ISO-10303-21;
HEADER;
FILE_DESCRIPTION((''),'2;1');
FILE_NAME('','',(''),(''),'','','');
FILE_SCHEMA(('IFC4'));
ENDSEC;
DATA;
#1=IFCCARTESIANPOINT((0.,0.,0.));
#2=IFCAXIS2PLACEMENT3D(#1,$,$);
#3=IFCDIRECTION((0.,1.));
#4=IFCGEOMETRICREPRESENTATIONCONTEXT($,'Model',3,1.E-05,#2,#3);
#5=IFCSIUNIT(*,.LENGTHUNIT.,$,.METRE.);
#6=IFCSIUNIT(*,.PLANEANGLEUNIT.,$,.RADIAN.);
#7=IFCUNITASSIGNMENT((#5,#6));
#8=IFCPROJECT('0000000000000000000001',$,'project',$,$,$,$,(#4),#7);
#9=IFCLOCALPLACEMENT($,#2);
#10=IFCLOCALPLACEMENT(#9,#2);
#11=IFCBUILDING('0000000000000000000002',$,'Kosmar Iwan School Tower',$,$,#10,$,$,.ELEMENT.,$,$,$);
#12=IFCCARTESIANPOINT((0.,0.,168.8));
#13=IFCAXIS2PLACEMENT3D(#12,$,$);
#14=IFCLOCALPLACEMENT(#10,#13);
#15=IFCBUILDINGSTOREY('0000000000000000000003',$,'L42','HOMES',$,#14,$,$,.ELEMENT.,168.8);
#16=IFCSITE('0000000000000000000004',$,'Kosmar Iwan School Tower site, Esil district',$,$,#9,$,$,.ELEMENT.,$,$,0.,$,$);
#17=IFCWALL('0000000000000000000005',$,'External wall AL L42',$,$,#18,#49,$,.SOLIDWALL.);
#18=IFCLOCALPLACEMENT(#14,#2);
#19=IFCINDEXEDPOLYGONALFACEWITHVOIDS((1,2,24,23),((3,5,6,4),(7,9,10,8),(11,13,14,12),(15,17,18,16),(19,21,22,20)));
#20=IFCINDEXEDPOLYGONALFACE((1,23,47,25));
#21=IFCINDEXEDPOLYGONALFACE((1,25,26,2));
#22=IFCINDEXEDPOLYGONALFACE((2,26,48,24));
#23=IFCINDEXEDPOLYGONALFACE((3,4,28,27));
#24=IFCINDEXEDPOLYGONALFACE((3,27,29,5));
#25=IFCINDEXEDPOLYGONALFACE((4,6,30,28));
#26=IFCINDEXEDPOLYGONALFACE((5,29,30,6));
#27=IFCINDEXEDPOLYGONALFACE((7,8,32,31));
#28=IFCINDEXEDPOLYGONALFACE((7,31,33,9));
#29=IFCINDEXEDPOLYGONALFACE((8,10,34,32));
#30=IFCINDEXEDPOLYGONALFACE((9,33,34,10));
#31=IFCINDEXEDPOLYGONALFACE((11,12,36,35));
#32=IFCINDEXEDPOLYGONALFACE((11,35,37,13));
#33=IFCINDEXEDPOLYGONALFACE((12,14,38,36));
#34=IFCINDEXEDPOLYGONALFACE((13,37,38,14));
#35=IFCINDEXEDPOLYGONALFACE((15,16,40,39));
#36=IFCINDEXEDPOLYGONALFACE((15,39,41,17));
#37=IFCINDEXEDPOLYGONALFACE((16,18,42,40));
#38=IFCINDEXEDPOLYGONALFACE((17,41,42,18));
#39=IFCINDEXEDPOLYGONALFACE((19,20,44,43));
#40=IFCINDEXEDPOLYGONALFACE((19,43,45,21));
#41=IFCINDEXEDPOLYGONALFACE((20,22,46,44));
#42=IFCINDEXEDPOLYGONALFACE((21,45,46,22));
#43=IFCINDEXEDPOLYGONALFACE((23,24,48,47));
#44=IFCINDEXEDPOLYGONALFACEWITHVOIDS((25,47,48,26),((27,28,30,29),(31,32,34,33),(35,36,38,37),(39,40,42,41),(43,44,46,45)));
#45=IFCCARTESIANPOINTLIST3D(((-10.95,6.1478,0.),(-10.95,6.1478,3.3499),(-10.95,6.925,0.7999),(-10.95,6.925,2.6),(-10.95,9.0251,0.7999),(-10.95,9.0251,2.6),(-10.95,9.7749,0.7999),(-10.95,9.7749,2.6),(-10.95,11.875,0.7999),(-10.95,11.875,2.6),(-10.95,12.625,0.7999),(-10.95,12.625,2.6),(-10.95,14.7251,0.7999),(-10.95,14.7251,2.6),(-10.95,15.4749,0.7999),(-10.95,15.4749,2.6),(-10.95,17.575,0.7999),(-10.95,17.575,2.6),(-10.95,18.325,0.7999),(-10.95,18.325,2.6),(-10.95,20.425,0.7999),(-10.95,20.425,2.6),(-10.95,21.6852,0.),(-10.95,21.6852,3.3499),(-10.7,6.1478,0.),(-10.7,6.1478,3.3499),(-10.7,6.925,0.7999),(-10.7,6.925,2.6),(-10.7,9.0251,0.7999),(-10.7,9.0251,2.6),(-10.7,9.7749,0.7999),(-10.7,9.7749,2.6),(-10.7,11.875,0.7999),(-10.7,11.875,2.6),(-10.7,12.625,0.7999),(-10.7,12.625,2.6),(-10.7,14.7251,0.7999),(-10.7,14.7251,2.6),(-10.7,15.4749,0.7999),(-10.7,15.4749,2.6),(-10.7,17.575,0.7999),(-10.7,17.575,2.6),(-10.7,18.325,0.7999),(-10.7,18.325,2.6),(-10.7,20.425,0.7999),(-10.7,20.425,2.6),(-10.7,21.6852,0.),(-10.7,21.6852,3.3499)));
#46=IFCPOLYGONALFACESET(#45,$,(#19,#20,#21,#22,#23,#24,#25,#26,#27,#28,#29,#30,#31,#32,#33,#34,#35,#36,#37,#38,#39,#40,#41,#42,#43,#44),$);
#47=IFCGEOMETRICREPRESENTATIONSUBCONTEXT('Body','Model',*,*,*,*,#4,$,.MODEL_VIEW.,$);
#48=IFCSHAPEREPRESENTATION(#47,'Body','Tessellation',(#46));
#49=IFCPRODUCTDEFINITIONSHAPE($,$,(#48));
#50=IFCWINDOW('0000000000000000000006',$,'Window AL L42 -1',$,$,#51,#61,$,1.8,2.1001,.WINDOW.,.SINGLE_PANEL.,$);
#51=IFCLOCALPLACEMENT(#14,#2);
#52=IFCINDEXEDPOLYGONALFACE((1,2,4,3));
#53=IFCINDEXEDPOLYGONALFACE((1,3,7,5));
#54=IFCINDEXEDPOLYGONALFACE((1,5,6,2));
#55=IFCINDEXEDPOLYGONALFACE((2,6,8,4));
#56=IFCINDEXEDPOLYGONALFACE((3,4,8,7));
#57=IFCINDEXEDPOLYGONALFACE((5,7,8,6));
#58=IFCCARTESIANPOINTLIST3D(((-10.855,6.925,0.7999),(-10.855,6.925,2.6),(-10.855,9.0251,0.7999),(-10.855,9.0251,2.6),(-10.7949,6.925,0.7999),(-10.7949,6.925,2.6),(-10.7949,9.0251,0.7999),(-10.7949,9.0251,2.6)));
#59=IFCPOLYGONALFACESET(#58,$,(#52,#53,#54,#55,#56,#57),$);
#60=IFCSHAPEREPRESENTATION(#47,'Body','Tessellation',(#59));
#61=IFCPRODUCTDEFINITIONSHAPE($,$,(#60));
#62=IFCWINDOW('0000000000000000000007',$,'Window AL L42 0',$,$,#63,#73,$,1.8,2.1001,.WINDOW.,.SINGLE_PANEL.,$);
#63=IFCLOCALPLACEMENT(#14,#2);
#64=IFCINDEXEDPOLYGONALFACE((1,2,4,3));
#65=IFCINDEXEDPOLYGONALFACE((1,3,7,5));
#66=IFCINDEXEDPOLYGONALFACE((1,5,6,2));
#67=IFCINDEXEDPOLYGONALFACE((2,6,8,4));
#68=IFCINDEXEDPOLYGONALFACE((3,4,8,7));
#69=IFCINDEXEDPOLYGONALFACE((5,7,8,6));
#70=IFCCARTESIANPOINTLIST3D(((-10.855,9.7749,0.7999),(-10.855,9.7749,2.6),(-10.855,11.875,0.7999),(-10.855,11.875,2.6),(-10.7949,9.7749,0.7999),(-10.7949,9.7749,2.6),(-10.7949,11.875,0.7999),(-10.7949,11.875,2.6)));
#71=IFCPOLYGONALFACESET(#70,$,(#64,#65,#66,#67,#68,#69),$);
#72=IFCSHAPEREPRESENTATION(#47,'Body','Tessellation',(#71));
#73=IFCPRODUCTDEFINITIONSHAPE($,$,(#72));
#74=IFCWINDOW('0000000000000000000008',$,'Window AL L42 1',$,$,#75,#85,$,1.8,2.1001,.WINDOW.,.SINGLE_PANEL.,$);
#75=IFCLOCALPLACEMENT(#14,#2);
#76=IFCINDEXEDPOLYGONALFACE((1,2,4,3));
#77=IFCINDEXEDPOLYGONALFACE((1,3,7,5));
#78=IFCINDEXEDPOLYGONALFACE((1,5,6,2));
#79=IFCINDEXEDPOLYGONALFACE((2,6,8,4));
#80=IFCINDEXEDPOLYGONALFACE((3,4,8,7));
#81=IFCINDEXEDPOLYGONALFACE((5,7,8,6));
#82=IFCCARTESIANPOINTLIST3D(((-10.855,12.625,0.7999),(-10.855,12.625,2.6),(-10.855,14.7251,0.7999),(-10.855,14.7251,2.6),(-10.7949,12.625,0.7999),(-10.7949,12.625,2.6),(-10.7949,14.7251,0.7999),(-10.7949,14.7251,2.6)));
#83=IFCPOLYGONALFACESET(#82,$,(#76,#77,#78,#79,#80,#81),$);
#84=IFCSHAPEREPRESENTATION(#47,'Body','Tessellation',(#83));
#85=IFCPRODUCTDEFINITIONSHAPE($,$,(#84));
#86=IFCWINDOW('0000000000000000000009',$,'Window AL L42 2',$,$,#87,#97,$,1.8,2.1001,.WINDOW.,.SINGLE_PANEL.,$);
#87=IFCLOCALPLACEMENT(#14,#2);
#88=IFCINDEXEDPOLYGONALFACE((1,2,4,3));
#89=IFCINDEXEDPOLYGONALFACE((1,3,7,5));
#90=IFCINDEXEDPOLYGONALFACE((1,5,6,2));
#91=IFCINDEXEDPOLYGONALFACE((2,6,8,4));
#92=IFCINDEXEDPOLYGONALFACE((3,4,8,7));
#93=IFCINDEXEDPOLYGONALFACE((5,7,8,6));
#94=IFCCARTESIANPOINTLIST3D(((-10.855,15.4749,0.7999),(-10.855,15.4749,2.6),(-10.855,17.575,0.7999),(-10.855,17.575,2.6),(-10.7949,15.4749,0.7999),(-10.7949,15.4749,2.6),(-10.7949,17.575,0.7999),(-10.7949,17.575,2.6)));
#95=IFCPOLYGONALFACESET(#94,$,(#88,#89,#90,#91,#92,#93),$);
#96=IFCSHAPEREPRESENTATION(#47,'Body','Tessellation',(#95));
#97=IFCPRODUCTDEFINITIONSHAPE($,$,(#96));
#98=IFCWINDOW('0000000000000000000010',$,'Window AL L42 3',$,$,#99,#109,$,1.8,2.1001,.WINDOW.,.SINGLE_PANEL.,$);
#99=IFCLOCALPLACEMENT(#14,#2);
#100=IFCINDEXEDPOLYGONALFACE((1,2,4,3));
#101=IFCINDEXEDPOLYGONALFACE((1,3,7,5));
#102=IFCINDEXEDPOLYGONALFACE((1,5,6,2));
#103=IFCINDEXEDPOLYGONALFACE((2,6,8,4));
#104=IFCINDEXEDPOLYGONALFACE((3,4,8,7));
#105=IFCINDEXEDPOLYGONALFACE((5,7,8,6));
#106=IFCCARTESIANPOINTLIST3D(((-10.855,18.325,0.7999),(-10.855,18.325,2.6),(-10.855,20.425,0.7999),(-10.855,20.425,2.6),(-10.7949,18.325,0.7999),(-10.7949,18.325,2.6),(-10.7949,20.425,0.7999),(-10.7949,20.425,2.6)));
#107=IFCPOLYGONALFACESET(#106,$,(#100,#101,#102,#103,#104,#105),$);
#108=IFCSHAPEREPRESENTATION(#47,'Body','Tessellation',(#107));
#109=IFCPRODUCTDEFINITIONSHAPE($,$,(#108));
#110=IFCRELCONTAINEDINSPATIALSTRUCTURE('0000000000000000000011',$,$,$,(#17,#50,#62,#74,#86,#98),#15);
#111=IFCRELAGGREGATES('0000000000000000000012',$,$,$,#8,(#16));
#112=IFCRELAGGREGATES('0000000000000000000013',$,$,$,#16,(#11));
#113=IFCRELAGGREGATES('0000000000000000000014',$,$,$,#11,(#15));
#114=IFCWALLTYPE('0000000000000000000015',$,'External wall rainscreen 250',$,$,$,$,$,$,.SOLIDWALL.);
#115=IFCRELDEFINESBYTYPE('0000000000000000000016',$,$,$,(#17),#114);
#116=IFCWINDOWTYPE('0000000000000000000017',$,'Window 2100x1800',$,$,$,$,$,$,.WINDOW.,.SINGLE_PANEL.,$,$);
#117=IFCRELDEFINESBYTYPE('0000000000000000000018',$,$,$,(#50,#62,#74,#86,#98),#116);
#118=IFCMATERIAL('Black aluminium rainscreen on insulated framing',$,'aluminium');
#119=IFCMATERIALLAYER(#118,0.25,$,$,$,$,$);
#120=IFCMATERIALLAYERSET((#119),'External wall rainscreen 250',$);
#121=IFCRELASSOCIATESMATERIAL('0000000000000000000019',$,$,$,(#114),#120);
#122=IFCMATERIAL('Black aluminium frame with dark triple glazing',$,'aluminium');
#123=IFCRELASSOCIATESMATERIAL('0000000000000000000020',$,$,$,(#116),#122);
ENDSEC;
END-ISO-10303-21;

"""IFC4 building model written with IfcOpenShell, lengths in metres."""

from ifc_helpers import new_model, si_unit, direction, frame, frame_2d, origin, place, context, subcontext, project, spatial, rectangle, extrude, material, layer, layer_set, type_object, element, fill, save


model = new_model("IFC4")

# Units and contexts
model_context = context("Model", 3, precision=1e-05, world=origin(), true_north=direction((0.0, 1.0)))
body_context = subcontext(model_context, "Body", "Model", "MODEL_VIEW")
ifc_project = project(units=[si_unit("LENGTHUNIT", "METRE"), si_unit("PLANEANGLEUNIT", "RADIAN")], contexts=[model_context])

# Site, building, storey
site_placement = place(None, origin())
site = spatial("IfcSite", under=ifc_project, at=site_placement, Name="Kosmar Iwan School Tower site, Esil district", CompositionType="ELEMENT", RefElevation=0.0)
building_placement = place(site_placement, origin())
building = spatial("IfcBuilding", under=site, at=building_placement, Name="Kosmar Iwan School Tower", CompositionType="ELEMENT")
storey_placement = place(building_placement, frame((0.0, 0.0, 168.8)))
storey = spatial("IfcBuildingStorey", under=building, at=storey_placement, Name="L42", Description="HOMES", CompositionType="ELEMENT", Elevation=168.8)

# Wall, openings, windows
ifc_material_1 = material(Name="Black aluminium rainscreen on insulated framing", Category="aluminium")
ifc_layer = layer(ifc_material_1, 0.25)
ifc_layer_set = layer_set([ifc_layer], Name="External wall rainscreen 250")
wall_type = type_object("IfcWallType", Name="External wall rainscreen 250", PredefinedType="SOLIDWALL", material=ifc_layer_set)
wall_1_placement = place(storey_placement, frame((-10.825, 6.1479, 0.0), z_axis=(0.0, 0.0, 1.0), x_axis=(0.0, 1.0, 0.0)))
wall_1 = element("IfcWall", 1, at=wall_1_placement, inside=storey, type_object=wall_type, Name="External wall AL L42", PredefinedType="SOLIDWALL", context=body_context, shape_type="SweptSolid", body=[
    extrude(rectangle(XDim=15.5374, YDim=0.25, at=frame_2d((7.7686, 0.0))), origin(), (0.0, 0.0, 1.0), 3.3499),
])
opening_1_placement = place(wall_1_placement, frame((0.7771, 0.0, 0.8)))
opening_1 = element("IfcOpeningElement", 2, at=opening_1_placement, cuts=wall_1, PredefinedType="OPENING", context=body_context, shape_type="SweptSolid", body=[
    extrude(rectangle(XDim=2.1001, YDim=1.8, at=frame_2d((1.05, 0.8999))), frame((0.0, 0.137, 0.0), z_axis=(0.0, -1.0, 0.0), x_axis=(1.0, 0.0, 0.0)), (0.0, 0.0, 1.0), 0.2739),
])
opening_2_placement = place(wall_1_placement, frame((3.627, 0.0, 0.8)))
opening_2 = element("IfcOpeningElement", 3, at=opening_2_placement, cuts=wall_1, PredefinedType="OPENING", context=body_context, shape_type="SweptSolid", body=[
    extrude(rectangle(XDim=2.1001, YDim=1.8, at=frame_2d((1.05, 0.8999))), frame((0.0, 0.137, 0.0), z_axis=(0.0, -1.0, 0.0), x_axis=(1.0, 0.0, 0.0)), (0.0, 0.0, 1.0), 0.2739),
])
opening_3_placement = place(wall_1_placement, frame((6.4771, 0.0, 0.8)))
opening_3 = element("IfcOpeningElement", 4, at=opening_3_placement, cuts=wall_1, PredefinedType="OPENING", context=body_context, shape_type="SweptSolid", body=[
    extrude(rectangle(XDim=2.1001, YDim=1.8, at=frame_2d((1.05, 0.8999))), frame((0.0, 0.137, 0.0), z_axis=(0.0, -1.0, 0.0), x_axis=(1.0, 0.0, 0.0)), (0.0, 0.0, 1.0), 0.2739),
])
opening_4_placement = place(wall_1_placement, frame((9.3269, 0.0, 0.8)))
opening_4 = element("IfcOpeningElement", 5, at=opening_4_placement, cuts=wall_1, PredefinedType="OPENING", context=body_context, shape_type="SweptSolid", body=[
    extrude(rectangle(XDim=2.1001, YDim=1.8, at=frame_2d((1.05, 0.8999))), frame((0.0, 0.137, 0.0), z_axis=(0.0, -1.0, 0.0), x_axis=(1.0, 0.0, 0.0)), (0.0, 0.0, 1.0), 0.2739),
])
opening_5_placement = place(wall_1_placement, frame((12.177, 0.0, 0.8)))
opening_5 = element("IfcOpeningElement", 6, at=opening_5_placement, cuts=wall_1, PredefinedType="OPENING", context=body_context, shape_type="SweptSolid", body=[
    extrude(rectangle(XDim=2.1001, YDim=1.8, at=frame_2d((1.05, 0.8999))), frame((0.0, 0.137, 0.0), z_axis=(0.0, -1.0, 0.0), x_axis=(1.0, 0.0, 0.0)), (0.0, 0.0, 1.0), 0.2739),
])
ifc_material_2 = material(Name="Black aluminium frame with dark triple glazing", Category="aluminium")
window_type = type_object("IfcWindowType", Name="Window 2100x1800", PartitioningType="SINGLE_PANEL", PredefinedType="WINDOW", material=ifc_material_2)
window_1_placement = place(opening_1_placement, origin())
window_1 = element("IfcWindow", 7, at=window_1_placement, inside=storey, type_object=window_type, Name="Window AL L42 -1", OverallHeight=1.8, OverallWidth=2.1001, PartitioningType="SINGLE_PANEL", PredefinedType="WINDOW", context=body_context, shape_type="SweptSolid", body=[
    extrude(rectangle(XDim=2.1001, YDim=1.8, at=frame_2d((1.05, 0.8999))), frame((0.0, 0.03, 0.0), z_axis=(0.0, -1.0, 0.0), x_axis=(1.0, 0.0, 0.0)), (0.0, 0.0, 1.0), 0.0601),
])
fill(opening_1, window_1)
window_2_placement = place(opening_2_placement, origin())
window_2 = element("IfcWindow", 8, at=window_2_placement, inside=storey, type_object=window_type, Name="Window AL L42 0", OverallHeight=1.8, OverallWidth=2.1001, PartitioningType="SINGLE_PANEL", PredefinedType="WINDOW", context=body_context, shape_type="SweptSolid", body=[
    extrude(rectangle(XDim=2.1001, YDim=1.8, at=frame_2d((1.05, 0.8999))), frame((0.0, 0.03, 0.0), z_axis=(0.0, -1.0, 0.0), x_axis=(1.0, 0.0, 0.0)), (0.0, 0.0, 1.0), 0.0601),
])
fill(opening_2, window_2)
window_3_placement = place(opening_3_placement, origin())
window_3 = element("IfcWindow", 9, at=window_3_placement, inside=storey, type_object=window_type, Name="Window AL L42 1", OverallHeight=1.8, OverallWidth=2.1001, PartitioningType="SINGLE_PANEL", PredefinedType="WINDOW", context=body_context, shape_type="SweptSolid", body=[
    extrude(rectangle(XDim=2.1001, YDim=1.8, at=frame_2d((1.05, 0.8999))), frame((0.0, 0.03, 0.0), z_axis=(0.0, -1.0, 0.0), x_axis=(1.0, 0.0, 0.0)), (0.0, 0.0, 1.0), 0.0601),
])
fill(opening_3, window_3)
window_4_placement = place(opening_4_placement, origin())
window_4 = element("IfcWindow", 10, at=window_4_placement, inside=storey, type_object=window_type, Name="Window AL L42 2", OverallHeight=1.8, OverallWidth=2.1001, PartitioningType="SINGLE_PANEL", PredefinedType="WINDOW", context=body_context, shape_type="SweptSolid", body=[
    extrude(rectangle(XDim=2.1001, YDim=1.8, at=frame_2d((1.05, 0.8999))), frame((0.0, 0.03, 0.0), z_axis=(0.0, -1.0, 0.0), x_axis=(1.0, 0.0, 0.0)), (0.0, 0.0, 1.0), 0.0601),
])
fill(opening_4, window_4)
window_5_placement = place(opening_5_placement, origin())
window_5 = element("IfcWindow", 11, at=window_5_placement, inside=storey, type_object=window_type, Name="Window AL L42 3", OverallHeight=1.8, OverallWidth=2.1001, PartitioningType="SINGLE_PANEL", PredefinedType="WINDOW", context=body_context, shape_type="SweptSolid", body=[
    extrude(rectangle(XDim=2.1001, YDim=1.8, at=frame_2d((1.05, 0.8999))), frame((0.0, 0.03, 0.0), z_axis=(0.0, -1.0, 0.0), x_axis=(1.0, 0.0, 0.0)), (0.0, 0.0, 1.0), 0.0601),
])
fill(opening_5, window_5)

save(model, "model.ifc")
